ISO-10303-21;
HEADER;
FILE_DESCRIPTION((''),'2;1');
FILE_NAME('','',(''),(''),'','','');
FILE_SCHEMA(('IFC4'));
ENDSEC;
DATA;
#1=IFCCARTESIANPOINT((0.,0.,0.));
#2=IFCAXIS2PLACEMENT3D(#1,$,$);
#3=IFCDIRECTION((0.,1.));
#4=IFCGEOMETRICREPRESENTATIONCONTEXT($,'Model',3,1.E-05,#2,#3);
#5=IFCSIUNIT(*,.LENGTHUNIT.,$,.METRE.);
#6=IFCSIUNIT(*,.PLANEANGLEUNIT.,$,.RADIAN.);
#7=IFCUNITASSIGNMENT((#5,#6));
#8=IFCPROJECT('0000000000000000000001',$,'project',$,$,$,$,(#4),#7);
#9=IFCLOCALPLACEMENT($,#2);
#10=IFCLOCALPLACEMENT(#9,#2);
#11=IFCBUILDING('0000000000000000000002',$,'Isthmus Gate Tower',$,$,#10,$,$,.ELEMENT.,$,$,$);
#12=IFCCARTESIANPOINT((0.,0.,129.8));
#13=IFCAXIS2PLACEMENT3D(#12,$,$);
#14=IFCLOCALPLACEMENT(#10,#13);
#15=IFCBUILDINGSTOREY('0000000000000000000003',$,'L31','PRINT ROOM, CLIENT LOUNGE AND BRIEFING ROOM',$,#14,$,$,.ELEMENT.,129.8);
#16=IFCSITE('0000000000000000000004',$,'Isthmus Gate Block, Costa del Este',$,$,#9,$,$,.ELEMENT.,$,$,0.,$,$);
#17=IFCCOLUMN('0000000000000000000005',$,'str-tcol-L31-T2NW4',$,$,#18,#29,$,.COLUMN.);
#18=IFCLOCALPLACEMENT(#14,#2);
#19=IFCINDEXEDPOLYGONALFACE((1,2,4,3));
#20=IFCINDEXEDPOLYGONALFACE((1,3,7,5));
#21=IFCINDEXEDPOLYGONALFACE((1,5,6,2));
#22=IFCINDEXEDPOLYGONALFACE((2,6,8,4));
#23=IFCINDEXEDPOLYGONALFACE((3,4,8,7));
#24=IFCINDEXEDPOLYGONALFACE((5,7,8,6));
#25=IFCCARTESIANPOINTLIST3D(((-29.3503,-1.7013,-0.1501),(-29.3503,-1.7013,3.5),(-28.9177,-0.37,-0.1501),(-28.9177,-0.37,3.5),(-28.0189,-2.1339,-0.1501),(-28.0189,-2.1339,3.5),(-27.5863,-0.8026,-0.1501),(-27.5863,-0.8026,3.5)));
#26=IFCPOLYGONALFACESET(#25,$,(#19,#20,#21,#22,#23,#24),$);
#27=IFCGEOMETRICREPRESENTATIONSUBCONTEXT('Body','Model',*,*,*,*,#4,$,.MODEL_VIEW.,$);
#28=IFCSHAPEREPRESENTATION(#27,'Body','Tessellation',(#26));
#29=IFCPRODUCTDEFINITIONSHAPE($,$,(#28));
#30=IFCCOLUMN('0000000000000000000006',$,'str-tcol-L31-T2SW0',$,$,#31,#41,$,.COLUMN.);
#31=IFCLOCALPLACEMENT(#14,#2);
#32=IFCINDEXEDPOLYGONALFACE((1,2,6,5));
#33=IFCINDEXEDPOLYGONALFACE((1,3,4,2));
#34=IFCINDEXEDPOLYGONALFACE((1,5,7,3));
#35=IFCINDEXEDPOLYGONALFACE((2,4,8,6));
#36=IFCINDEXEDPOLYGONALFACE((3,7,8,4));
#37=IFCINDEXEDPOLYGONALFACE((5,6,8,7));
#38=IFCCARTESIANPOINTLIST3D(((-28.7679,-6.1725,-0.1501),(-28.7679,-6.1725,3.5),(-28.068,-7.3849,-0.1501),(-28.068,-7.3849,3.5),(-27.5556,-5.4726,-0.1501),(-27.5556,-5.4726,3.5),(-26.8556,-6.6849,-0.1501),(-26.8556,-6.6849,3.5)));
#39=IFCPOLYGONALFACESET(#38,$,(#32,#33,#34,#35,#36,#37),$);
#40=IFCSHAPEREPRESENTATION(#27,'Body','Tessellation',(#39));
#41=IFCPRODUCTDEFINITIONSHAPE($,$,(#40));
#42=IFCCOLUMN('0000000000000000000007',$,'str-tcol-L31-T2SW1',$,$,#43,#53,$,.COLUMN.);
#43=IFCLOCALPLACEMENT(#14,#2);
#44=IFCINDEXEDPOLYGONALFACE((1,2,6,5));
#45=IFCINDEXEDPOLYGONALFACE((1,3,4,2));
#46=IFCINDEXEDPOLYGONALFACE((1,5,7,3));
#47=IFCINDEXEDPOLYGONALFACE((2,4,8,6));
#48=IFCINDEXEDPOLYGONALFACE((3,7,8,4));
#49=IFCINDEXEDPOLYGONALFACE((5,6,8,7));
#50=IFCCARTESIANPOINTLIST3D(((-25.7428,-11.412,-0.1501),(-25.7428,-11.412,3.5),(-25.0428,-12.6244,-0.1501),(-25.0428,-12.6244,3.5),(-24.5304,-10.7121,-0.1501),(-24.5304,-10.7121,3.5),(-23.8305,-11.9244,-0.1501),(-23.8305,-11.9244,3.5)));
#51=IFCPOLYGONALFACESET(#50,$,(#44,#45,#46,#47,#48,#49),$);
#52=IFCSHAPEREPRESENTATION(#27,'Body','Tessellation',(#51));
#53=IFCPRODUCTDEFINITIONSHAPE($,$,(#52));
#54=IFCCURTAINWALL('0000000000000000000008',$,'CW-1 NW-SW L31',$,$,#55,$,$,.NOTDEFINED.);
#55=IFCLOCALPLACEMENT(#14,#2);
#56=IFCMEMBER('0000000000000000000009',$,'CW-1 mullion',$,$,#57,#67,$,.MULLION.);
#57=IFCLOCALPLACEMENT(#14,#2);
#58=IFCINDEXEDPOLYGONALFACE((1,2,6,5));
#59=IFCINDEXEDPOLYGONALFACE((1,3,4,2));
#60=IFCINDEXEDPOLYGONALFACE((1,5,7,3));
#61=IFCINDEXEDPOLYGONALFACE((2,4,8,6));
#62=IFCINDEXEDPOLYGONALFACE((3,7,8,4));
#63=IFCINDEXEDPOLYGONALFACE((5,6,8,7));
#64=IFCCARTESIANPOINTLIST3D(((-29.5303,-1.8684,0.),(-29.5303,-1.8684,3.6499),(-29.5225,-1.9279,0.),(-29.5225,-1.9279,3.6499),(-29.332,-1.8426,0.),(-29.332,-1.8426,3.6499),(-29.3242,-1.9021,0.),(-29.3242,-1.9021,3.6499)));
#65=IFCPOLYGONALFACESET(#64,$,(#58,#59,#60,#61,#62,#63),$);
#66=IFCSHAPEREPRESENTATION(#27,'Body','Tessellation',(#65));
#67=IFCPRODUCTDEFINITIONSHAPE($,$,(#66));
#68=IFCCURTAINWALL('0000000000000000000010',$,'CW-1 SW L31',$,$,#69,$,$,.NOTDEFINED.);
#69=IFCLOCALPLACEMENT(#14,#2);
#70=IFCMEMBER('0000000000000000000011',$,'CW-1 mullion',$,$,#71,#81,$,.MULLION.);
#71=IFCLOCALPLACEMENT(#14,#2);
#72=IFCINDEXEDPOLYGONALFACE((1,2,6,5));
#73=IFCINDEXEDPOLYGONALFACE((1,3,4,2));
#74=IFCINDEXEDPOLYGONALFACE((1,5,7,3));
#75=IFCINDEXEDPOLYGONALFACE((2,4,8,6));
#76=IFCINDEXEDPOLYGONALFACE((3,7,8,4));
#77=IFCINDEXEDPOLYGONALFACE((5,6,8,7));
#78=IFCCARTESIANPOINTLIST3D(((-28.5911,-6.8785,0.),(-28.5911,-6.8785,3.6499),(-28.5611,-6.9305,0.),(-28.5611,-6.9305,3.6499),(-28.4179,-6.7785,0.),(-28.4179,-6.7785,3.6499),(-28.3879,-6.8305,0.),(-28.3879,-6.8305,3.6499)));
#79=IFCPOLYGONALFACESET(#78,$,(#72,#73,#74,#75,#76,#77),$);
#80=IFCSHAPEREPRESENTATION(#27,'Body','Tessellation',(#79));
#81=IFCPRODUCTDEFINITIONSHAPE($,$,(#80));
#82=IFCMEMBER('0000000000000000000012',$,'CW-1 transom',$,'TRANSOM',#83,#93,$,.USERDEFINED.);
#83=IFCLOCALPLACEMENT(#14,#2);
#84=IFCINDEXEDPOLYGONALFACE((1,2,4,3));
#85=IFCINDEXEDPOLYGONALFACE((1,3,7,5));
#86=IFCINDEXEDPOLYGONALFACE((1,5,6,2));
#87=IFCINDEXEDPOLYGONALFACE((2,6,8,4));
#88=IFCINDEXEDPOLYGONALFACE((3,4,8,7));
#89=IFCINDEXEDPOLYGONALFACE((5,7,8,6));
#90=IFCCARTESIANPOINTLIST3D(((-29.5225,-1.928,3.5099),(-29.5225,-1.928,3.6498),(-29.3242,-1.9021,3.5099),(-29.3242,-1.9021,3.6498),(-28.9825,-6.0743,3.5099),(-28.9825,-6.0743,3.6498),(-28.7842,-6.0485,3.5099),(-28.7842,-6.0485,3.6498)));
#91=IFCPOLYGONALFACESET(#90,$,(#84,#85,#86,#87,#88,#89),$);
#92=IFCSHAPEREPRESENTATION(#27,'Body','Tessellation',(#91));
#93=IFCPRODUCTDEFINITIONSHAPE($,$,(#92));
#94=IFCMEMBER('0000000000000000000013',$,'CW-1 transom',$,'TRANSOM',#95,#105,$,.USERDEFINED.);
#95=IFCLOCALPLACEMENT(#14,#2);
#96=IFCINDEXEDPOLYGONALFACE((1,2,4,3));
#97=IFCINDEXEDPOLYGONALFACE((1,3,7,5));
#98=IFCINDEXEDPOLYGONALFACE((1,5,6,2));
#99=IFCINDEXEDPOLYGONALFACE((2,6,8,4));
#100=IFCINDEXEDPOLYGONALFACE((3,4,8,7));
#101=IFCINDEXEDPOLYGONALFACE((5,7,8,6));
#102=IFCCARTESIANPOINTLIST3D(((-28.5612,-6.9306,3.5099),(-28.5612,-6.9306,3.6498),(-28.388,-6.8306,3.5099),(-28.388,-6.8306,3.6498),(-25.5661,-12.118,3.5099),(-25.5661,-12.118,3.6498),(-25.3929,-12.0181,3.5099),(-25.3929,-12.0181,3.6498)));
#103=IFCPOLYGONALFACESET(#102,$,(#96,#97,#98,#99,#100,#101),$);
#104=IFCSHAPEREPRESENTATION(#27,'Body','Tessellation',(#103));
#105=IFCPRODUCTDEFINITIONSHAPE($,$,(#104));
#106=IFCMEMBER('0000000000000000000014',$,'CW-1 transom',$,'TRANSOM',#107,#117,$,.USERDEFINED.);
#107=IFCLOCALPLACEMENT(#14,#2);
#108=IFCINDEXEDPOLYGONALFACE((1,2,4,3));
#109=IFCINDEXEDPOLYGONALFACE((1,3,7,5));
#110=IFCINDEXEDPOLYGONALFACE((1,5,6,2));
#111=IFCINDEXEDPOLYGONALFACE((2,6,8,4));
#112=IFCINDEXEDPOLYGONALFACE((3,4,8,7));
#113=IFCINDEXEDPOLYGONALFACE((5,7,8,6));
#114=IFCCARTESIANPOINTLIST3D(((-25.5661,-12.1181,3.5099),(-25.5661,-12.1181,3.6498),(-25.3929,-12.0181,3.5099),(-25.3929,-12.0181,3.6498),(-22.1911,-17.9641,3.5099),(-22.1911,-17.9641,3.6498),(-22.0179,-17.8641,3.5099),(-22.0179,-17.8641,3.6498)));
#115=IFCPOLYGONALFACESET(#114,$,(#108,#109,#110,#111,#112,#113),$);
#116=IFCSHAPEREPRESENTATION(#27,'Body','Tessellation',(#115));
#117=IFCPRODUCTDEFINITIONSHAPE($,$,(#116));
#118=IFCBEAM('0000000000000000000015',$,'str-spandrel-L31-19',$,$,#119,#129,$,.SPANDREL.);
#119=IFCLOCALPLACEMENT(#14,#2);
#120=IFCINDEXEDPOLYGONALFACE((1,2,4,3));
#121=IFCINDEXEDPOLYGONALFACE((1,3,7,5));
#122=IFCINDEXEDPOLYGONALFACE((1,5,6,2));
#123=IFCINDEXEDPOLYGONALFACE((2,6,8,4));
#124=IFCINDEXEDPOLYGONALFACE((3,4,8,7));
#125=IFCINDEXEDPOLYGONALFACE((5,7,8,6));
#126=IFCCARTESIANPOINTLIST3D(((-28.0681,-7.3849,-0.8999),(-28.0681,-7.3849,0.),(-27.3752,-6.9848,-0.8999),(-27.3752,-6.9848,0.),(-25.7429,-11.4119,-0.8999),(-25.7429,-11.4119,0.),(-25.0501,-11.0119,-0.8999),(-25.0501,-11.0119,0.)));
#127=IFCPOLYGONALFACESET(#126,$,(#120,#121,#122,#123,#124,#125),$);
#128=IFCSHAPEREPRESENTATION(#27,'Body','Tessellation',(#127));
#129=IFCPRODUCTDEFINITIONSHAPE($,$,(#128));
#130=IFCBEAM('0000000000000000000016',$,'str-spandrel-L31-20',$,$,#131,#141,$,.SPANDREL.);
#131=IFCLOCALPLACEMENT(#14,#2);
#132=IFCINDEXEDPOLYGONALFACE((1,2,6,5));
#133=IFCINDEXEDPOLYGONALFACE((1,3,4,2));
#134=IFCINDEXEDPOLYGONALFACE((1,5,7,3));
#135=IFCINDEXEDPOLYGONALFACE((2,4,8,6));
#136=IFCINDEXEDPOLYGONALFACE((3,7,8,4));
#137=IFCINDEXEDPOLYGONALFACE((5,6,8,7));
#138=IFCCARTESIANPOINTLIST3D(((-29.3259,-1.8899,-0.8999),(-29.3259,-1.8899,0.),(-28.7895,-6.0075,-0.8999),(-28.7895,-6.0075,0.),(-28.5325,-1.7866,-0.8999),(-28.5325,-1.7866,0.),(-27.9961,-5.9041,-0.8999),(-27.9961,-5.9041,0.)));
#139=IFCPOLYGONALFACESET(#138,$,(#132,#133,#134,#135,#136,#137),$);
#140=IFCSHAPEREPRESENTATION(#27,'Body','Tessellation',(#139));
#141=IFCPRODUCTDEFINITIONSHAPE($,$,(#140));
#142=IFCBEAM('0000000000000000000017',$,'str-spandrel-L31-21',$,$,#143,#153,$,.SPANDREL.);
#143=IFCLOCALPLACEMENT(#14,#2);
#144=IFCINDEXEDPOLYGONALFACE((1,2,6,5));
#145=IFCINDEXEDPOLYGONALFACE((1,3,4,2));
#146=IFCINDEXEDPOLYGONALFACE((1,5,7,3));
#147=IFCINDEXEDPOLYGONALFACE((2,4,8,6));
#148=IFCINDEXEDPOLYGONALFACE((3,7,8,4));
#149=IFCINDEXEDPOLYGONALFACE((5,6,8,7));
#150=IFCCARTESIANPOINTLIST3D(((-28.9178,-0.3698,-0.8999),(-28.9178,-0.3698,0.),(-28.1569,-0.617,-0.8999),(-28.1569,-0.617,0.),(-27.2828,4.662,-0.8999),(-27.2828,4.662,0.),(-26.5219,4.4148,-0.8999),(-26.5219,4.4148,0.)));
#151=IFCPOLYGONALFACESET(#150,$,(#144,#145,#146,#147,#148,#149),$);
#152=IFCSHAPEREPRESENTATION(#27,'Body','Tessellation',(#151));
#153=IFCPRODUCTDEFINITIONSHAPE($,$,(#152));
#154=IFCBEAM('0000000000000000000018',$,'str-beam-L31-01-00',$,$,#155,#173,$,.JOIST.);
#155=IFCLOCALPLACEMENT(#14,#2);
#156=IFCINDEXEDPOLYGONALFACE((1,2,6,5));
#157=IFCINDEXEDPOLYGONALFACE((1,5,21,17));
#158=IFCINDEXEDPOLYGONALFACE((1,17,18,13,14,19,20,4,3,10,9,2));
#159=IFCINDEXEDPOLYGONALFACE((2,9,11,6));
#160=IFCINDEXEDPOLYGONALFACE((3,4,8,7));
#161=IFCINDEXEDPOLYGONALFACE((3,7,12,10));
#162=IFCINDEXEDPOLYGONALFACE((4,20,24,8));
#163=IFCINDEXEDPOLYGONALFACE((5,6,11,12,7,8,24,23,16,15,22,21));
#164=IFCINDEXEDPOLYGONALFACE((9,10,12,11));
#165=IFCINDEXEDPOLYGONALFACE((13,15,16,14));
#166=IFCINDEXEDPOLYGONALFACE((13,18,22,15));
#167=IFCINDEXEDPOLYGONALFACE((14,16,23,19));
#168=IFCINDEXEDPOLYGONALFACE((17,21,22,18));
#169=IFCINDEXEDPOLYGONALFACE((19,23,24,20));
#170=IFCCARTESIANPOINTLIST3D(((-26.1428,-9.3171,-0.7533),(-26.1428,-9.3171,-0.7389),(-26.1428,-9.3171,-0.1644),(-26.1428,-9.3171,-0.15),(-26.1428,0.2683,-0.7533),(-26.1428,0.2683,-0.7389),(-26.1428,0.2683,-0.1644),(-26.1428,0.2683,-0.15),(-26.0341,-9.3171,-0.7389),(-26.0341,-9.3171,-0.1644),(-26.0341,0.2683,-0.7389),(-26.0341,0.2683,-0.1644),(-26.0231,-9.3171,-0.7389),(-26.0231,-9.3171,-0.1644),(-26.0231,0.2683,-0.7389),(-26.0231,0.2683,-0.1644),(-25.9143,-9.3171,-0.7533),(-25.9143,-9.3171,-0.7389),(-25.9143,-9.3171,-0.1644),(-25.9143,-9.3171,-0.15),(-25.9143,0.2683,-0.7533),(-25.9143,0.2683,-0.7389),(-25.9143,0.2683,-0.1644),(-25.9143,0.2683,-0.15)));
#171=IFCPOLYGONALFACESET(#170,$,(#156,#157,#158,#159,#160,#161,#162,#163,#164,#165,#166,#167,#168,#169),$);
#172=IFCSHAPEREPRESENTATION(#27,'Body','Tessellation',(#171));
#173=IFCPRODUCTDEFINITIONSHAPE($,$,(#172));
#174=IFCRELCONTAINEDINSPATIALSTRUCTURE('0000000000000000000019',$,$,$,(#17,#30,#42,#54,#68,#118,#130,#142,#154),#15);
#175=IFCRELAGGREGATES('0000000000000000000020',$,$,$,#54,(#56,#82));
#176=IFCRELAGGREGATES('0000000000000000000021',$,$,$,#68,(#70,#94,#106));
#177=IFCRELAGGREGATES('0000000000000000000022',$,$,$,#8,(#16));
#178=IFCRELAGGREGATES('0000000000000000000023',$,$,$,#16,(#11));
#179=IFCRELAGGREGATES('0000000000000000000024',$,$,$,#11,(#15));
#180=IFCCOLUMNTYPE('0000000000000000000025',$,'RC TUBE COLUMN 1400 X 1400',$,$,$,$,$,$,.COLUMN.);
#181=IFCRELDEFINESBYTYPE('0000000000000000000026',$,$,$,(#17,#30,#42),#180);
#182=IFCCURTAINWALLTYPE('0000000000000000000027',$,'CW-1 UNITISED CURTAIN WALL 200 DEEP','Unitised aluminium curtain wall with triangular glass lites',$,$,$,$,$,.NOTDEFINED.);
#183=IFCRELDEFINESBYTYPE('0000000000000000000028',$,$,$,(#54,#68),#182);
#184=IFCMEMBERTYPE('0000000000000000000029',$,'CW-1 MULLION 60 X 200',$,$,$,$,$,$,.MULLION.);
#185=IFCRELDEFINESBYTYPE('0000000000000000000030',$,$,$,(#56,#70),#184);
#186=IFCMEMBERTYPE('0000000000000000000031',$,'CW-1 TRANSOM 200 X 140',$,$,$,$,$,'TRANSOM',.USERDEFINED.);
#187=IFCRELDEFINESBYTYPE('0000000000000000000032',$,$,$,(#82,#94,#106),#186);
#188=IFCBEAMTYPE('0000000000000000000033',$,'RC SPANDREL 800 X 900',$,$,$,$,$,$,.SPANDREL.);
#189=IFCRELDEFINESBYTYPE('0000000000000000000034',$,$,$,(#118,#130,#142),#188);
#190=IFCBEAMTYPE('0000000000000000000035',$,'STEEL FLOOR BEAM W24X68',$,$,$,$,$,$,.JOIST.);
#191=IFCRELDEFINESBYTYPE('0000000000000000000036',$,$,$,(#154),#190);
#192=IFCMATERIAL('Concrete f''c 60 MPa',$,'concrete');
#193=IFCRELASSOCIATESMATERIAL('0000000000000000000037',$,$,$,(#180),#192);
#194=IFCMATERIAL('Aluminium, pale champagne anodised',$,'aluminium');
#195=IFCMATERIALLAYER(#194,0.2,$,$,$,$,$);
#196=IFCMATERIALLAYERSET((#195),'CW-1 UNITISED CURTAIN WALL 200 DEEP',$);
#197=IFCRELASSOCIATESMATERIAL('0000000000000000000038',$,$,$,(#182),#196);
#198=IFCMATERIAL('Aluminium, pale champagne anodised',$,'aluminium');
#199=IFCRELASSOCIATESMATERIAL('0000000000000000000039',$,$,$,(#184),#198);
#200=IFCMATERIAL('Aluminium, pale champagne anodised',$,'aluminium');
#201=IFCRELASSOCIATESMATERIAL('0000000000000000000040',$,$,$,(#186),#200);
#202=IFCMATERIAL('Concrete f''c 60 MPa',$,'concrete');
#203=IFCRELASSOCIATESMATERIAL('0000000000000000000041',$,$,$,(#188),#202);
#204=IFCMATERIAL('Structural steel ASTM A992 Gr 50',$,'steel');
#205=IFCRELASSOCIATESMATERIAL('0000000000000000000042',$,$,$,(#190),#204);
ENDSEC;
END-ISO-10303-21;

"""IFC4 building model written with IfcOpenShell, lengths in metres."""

from ifc_helpers import new_model, si_unit, direction, frame, origin, origin_2d, place, context, subcontext, project, spatial, rectangle, i_section, extrude, material, layer, layer_set, material_profile, profile_set, type_object, element, aggregate, save


model = new_model("IFC4")

# Units and contexts
model_context = context("Model", 3, precision=1e-05, world=origin(), true_north=direction((0.0, 1.0)))
body_context = subcontext(model_context, "Body", "Model", "MODEL_VIEW")
ifc_project = project(units=[si_unit("LENGTHUNIT", "METRE"), si_unit("PLANEANGLEUNIT", "RADIAN")], contexts=[model_context])

# Site, building, storey
site_placement = place(None, origin())
site = spatial("IfcSite", under=ifc_project, at=site_placement, Name="Isthmus Gate Block, Costa del Este", CompositionType="ELEMENT", RefElevation=0.0)
building_placement = place(site_placement, origin())
building = spatial("IfcBuilding", under=site, at=building_placement, Name="Isthmus Gate Tower", CompositionType="ELEMENT")
storey_placement = place(building_placement, frame((0.0, 0.0, 129.8)))
storey = spatial("IfcBuildingStorey", under=building, at=storey_placement, Name="L31", Description="PRINT ROOM, CLIENT LOUNGE AND BRIEFING ROOM", CompositionType="ELEMENT", Elevation=129.8)

# Columns
ifc_material_1 = material(Name="Concrete f'c 60 MPa", Category="concrete")
ifc_material_profile_1 = material_profile(ifc_material_1, rectangle(XDim=1.3999, YDim=1.3999, at=origin_2d()), Name="RC 1400X1400")
ifc_profile_set_1 = profile_set([ifc_material_profile_1], Name="Concrete f'c 60 MPa")
column_type = type_object("IfcColumnType", Name="RC TUBE COLUMN 1400 X 1400", PredefinedType="COLUMN", material=ifc_profile_set_1)
for number, where, z_axis, x_axis, name in (
    (1, (-28.4683, -1.252, -0.1501), (0.0, 0.0, 1.0), (-0.309017, -0.951057, 0.0), "str-tcol-L31-T2NW4"),
    (2, (-27.8118, -6.4287, -0.1501), (0.0, 0.0, 1.0), (0.5, -0.866025, 0.0), "str-tcol-L31-T2SW0"),
    (3, (-24.7866, -11.6682, -0.1501), (0.0, 0.0, 1.0), (0.5, -0.866025, 0.0), "str-tcol-L31-T2SW1"),
):
    element("IfcColumn", number, at=place(storey_placement, frame(where, z_axis=z_axis, x_axis=x_axis)), inside=storey, type_object=column_type, Name=name, PredefinedType="COLUMN", context=body_context, shape_type="SweptSolid", body=[
        extrude(rectangle(XDim=1.3999, YDim=1.3999, at=origin_2d()), origin(), (0.0, 0.0, 1.0), 3.6501),
    ])

# Curtain walls, members
ifc_material_2 = material(Name="Aluminium, pale champagne anodised", Category="aluminium")
ifc_layer_1 = layer(ifc_material_2, 0.2)
ifc_layer_set_1 = layer_set([ifc_layer_1], Name="CW-1 UNITISED CURTAIN WALL 200 DEEP")
curtain_wall_type = type_object("IfcCurtainWallType", Name="CW-1 UNITISED CURTAIN WALL 200 DEEP", Description="Unitised aluminium curtain wall with triangular glass lites", PredefinedType="NOTDEFINED", material=ifc_layer_set_1)
curtain_wall_1_placement = place(storey_placement, origin())
curtain_wall_1 = element("IfcCurtainWall", 4, at=curtain_wall_1_placement, inside=storey, type_object=curtain_wall_type, Name="CW-1 NW-SW L31", PredefinedType="NOTDEFINED")
ifc_material_3 = material(Name="Aluminium, pale champagne anodised", Category="aluminium")
ifc_material_profile_2 = material_profile(ifc_material_3, rectangle(XDim=0.0601, YDim=0.2, at=origin_2d()), Name="60x200")
ifc_profile_set_2 = profile_set([ifc_material_profile_2], Name="Aluminium, pale champagne anodised")
member_type_1 = type_object("IfcMemberType", Name="CW-1 MULLION 60 X 200", PredefinedType="MULLION", material=ifc_profile_set_2)
member_1_placement = place(storey_placement, frame((-29.4272, -1.8853, 0.0), z_axis=(0.0, 0.0, 1.0), x_axis=(0.129165, -0.991623, 0.0)))
member_1 = element("IfcMember", 5, at=member_1_placement, type_object=member_type_1, Name="CW-1 mullion", PredefinedType="MULLION", context=body_context, shape_type="SweptSolid", body=[
    extrude(rectangle(XDim=0.0601, YDim=0.2, at=origin_2d()), origin(), (0.0, 0.0, 1.0), 3.6499),
])
curtain_wall_2_placement = place(storey_placement, origin())
curtain_wall_2 = element("IfcCurtainWall", 6, at=curtain_wall_2_placement, inside=storey, type_object=curtain_wall_type, Name="CW-1 SW L31", PredefinedType="NOTDEFINED")
member_2_placement = place(storey_placement, frame((-28.4895, -6.8545, 0.0), z_axis=(0.0, 0.0, 1.0), x_axis=(0.5, -0.866025, 0.0)))
member_2 = element("IfcMember", 7, at=member_2_placement, type_object=member_type_1, Name="CW-1 mullion", PredefinedType="MULLION", context=body_context, shape_type="SweptSolid", body=[
    extrude(rectangle(XDim=0.0601, YDim=0.2, at=origin_2d()), origin(), (0.0, 0.0, 1.0), 3.6499),
])

# Members
ifc_material_4 = material(Name="Aluminium, pale champagne anodised", Category="aluminium")
ifc_material_profile_3 = material_profile(ifc_material_4, rectangle(XDim=0.2, YDim=0.1399, at=origin_2d()), Name="200x140")
ifc_profile_set_3 = profile_set([ifc_material_profile_3], Name="Aluminium, pale champagne anodised")
member_type_2 = type_object("IfcMemberType", Name="CW-1 TRANSOM 200 X 140", ElementType="TRANSOM", PredefinedType="USERDEFINED", material=ifc_profile_set_3)
member_3_placement = place(storey_placement, frame((-29.4233, -1.915, 3.5798), z_axis=(0.129149, -0.991625, 0.0), x_axis=(0.991625, 0.129149, 0.0)))
member_3 = element("IfcMember", 8, at=member_3_placement, type_object=member_type_2, Name="CW-1 transom", ObjectType="TRANSOM", PredefinedType="USERDEFINED", context=body_context, shape_type="SweptSolid", body=[
    extrude(rectangle(XDim=0.2, YDim=0.1399, at=origin_2d()), origin(), (0.0, 0.0, 1.0), 4.1814),
])
member_4_placement = place(storey_placement, frame((-28.4746, -6.8806, 3.5798), z_axis=(0.500014, -0.866017, 0.0), x_axis=(0.866017, 0.500014, 0.0)))
member_4 = element("IfcMember", 9, at=member_4_placement, type_object=member_type_2, Name="CW-1 transom", ObjectType="TRANSOM", PredefinedType="USERDEFINED", context=body_context, shape_type="SweptSolid", body=[
    extrude(rectangle(XDim=0.2, YDim=0.1399, at=origin_2d()), origin(), (0.0, 0.0, 1.0), 5.99),
])
member_5_placement = place(storey_placement, frame((-25.4795, -12.0681, 3.5798), z_axis=(0.499982, -0.866036, 0.0), x_axis=(0.866036, 0.499982, 0.0)))
member_5 = element("IfcMember", 10, at=member_5_placement, type_object=member_type_2, Name="CW-1 transom", ObjectType="TRANSOM", PredefinedType="USERDEFINED", context=body_context, shape_type="SweptSolid", body=[
    extrude(rectangle(XDim=0.2, YDim=0.1399, at=origin_2d()), origin(), (0.0, 0.0, 1.0), 6.7502),
])

# Beams
ifc_material_5 = material(Name="Concrete f'c 60 MPa", Category="concrete")
ifc_material_profile_4 = material_profile(ifc_material_5, rectangle(XDim=0.8, YDim=0.8999, at=origin_2d()), Name="RC 800X900")
ifc_profile_set_4 = profile_set([ifc_material_profile_4], Name="Concrete f'c 60 MPa")
beam_type_1 = type_object("IfcBeamType", Name="RC SPANDREL 800 X 900", PredefinedType="SPANDREL", material=ifc_profile_set_4)
beam_1_placement = place(storey_placement, frame((-25.3965, -11.2119, -0.45), z_axis=(-0.500024, 0.866012, 0.0), x_axis=(-0.866012, -0.500024, 0.0)))
element("IfcBeam", 11, at=beam_1_placement, inside=storey, type_object=beam_type_1, Name="str-spandrel-L31-19", PredefinedType="SPANDREL", context=body_context, shape_type="SweptSolid", body=[
    extrude(rectangle(XDim=0.8, YDim=0.8999, at=origin_2d()), origin(), (0.0, 0.0, 1.0), 4.6501),
])
beam_2_placement = place(storey_placement, frame((-28.3928, -5.9558, -0.45), z_axis=(-0.129171, 0.991622, 0.0), x_axis=(-0.991622, -0.129171, 0.0)))
element("IfcBeam", 12, at=beam_2_placement, inside=storey, type_object=beam_type_1, Name="str-spandrel-L31-20", PredefinedType="SPANDREL", context=body_context, shape_type="SweptSolid", body=[
    extrude(rectangle(XDim=0.8, YDim=0.8999, at=origin_2d()), origin(), (0.0, 0.0, 1.0), 4.1523),
])
beam_3_placement = place(storey_placement, frame((-28.5374, -0.4934, -0.45), z_axis=(0.309034, 0.951051, 0.0), x_axis=(-0.951051, 0.309034, 0.0)))
element("IfcBeam", 13, at=beam_3_placement, inside=storey, type_object=beam_type_1, Name="str-spandrel-L31-21", PredefinedType="SPANDREL", context=body_context, shape_type="SweptSolid", body=[
    extrude(rectangle(XDim=0.8, YDim=0.8999, at=origin_2d()), origin(), (0.0, 0.0, 1.0), 5.2908),
])
ifc_material_6 = material(Name="Structural steel ASTM A992 Gr 50", Category="steel")
ifc_material_profile_5 = material_profile(ifc_material_6, i_section(OverallWidth=0.2285, OverallDepth=0.6033, WebThickness=0.011, FlangeThickness=0.0144, at=origin_2d()), Name="W24X68")
ifc_profile_set_5 = profile_set([ifc_material_profile_5], Name="Structural steel ASTM A992 Gr 50")
beam_type_2 = type_object("IfcBeamType", Name="STEEL FLOOR BEAM W24X68", PredefinedType="JOIST", material=ifc_profile_set_5)
beam_4_placement = place(storey_placement, frame((-26.0286, -9.3171, -0.4517), z_axis=(0.0, 1.0, 0.0), x_axis=(-1.0, 0.0, 0.0)))
element("IfcBeam", 14, at=beam_4_placement, inside=storey, type_object=beam_type_2, Name="str-beam-L31-01-00", PredefinedType="JOIST", context=body_context, shape_type="SweptSolid", body=[
    extrude(i_section(OverallWidth=0.2285, OverallDepth=0.6033, WebThickness=0.011, FlangeThickness=0.0144, at=origin_2d()), origin(), (0.0, 0.0, 1.0), 9.5854),
])

aggregate(curtain_wall_1, [member_1, member_3])
aggregate(curtain_wall_2, [member_2, member_4, member_5])

save(model, "model.ifc")
